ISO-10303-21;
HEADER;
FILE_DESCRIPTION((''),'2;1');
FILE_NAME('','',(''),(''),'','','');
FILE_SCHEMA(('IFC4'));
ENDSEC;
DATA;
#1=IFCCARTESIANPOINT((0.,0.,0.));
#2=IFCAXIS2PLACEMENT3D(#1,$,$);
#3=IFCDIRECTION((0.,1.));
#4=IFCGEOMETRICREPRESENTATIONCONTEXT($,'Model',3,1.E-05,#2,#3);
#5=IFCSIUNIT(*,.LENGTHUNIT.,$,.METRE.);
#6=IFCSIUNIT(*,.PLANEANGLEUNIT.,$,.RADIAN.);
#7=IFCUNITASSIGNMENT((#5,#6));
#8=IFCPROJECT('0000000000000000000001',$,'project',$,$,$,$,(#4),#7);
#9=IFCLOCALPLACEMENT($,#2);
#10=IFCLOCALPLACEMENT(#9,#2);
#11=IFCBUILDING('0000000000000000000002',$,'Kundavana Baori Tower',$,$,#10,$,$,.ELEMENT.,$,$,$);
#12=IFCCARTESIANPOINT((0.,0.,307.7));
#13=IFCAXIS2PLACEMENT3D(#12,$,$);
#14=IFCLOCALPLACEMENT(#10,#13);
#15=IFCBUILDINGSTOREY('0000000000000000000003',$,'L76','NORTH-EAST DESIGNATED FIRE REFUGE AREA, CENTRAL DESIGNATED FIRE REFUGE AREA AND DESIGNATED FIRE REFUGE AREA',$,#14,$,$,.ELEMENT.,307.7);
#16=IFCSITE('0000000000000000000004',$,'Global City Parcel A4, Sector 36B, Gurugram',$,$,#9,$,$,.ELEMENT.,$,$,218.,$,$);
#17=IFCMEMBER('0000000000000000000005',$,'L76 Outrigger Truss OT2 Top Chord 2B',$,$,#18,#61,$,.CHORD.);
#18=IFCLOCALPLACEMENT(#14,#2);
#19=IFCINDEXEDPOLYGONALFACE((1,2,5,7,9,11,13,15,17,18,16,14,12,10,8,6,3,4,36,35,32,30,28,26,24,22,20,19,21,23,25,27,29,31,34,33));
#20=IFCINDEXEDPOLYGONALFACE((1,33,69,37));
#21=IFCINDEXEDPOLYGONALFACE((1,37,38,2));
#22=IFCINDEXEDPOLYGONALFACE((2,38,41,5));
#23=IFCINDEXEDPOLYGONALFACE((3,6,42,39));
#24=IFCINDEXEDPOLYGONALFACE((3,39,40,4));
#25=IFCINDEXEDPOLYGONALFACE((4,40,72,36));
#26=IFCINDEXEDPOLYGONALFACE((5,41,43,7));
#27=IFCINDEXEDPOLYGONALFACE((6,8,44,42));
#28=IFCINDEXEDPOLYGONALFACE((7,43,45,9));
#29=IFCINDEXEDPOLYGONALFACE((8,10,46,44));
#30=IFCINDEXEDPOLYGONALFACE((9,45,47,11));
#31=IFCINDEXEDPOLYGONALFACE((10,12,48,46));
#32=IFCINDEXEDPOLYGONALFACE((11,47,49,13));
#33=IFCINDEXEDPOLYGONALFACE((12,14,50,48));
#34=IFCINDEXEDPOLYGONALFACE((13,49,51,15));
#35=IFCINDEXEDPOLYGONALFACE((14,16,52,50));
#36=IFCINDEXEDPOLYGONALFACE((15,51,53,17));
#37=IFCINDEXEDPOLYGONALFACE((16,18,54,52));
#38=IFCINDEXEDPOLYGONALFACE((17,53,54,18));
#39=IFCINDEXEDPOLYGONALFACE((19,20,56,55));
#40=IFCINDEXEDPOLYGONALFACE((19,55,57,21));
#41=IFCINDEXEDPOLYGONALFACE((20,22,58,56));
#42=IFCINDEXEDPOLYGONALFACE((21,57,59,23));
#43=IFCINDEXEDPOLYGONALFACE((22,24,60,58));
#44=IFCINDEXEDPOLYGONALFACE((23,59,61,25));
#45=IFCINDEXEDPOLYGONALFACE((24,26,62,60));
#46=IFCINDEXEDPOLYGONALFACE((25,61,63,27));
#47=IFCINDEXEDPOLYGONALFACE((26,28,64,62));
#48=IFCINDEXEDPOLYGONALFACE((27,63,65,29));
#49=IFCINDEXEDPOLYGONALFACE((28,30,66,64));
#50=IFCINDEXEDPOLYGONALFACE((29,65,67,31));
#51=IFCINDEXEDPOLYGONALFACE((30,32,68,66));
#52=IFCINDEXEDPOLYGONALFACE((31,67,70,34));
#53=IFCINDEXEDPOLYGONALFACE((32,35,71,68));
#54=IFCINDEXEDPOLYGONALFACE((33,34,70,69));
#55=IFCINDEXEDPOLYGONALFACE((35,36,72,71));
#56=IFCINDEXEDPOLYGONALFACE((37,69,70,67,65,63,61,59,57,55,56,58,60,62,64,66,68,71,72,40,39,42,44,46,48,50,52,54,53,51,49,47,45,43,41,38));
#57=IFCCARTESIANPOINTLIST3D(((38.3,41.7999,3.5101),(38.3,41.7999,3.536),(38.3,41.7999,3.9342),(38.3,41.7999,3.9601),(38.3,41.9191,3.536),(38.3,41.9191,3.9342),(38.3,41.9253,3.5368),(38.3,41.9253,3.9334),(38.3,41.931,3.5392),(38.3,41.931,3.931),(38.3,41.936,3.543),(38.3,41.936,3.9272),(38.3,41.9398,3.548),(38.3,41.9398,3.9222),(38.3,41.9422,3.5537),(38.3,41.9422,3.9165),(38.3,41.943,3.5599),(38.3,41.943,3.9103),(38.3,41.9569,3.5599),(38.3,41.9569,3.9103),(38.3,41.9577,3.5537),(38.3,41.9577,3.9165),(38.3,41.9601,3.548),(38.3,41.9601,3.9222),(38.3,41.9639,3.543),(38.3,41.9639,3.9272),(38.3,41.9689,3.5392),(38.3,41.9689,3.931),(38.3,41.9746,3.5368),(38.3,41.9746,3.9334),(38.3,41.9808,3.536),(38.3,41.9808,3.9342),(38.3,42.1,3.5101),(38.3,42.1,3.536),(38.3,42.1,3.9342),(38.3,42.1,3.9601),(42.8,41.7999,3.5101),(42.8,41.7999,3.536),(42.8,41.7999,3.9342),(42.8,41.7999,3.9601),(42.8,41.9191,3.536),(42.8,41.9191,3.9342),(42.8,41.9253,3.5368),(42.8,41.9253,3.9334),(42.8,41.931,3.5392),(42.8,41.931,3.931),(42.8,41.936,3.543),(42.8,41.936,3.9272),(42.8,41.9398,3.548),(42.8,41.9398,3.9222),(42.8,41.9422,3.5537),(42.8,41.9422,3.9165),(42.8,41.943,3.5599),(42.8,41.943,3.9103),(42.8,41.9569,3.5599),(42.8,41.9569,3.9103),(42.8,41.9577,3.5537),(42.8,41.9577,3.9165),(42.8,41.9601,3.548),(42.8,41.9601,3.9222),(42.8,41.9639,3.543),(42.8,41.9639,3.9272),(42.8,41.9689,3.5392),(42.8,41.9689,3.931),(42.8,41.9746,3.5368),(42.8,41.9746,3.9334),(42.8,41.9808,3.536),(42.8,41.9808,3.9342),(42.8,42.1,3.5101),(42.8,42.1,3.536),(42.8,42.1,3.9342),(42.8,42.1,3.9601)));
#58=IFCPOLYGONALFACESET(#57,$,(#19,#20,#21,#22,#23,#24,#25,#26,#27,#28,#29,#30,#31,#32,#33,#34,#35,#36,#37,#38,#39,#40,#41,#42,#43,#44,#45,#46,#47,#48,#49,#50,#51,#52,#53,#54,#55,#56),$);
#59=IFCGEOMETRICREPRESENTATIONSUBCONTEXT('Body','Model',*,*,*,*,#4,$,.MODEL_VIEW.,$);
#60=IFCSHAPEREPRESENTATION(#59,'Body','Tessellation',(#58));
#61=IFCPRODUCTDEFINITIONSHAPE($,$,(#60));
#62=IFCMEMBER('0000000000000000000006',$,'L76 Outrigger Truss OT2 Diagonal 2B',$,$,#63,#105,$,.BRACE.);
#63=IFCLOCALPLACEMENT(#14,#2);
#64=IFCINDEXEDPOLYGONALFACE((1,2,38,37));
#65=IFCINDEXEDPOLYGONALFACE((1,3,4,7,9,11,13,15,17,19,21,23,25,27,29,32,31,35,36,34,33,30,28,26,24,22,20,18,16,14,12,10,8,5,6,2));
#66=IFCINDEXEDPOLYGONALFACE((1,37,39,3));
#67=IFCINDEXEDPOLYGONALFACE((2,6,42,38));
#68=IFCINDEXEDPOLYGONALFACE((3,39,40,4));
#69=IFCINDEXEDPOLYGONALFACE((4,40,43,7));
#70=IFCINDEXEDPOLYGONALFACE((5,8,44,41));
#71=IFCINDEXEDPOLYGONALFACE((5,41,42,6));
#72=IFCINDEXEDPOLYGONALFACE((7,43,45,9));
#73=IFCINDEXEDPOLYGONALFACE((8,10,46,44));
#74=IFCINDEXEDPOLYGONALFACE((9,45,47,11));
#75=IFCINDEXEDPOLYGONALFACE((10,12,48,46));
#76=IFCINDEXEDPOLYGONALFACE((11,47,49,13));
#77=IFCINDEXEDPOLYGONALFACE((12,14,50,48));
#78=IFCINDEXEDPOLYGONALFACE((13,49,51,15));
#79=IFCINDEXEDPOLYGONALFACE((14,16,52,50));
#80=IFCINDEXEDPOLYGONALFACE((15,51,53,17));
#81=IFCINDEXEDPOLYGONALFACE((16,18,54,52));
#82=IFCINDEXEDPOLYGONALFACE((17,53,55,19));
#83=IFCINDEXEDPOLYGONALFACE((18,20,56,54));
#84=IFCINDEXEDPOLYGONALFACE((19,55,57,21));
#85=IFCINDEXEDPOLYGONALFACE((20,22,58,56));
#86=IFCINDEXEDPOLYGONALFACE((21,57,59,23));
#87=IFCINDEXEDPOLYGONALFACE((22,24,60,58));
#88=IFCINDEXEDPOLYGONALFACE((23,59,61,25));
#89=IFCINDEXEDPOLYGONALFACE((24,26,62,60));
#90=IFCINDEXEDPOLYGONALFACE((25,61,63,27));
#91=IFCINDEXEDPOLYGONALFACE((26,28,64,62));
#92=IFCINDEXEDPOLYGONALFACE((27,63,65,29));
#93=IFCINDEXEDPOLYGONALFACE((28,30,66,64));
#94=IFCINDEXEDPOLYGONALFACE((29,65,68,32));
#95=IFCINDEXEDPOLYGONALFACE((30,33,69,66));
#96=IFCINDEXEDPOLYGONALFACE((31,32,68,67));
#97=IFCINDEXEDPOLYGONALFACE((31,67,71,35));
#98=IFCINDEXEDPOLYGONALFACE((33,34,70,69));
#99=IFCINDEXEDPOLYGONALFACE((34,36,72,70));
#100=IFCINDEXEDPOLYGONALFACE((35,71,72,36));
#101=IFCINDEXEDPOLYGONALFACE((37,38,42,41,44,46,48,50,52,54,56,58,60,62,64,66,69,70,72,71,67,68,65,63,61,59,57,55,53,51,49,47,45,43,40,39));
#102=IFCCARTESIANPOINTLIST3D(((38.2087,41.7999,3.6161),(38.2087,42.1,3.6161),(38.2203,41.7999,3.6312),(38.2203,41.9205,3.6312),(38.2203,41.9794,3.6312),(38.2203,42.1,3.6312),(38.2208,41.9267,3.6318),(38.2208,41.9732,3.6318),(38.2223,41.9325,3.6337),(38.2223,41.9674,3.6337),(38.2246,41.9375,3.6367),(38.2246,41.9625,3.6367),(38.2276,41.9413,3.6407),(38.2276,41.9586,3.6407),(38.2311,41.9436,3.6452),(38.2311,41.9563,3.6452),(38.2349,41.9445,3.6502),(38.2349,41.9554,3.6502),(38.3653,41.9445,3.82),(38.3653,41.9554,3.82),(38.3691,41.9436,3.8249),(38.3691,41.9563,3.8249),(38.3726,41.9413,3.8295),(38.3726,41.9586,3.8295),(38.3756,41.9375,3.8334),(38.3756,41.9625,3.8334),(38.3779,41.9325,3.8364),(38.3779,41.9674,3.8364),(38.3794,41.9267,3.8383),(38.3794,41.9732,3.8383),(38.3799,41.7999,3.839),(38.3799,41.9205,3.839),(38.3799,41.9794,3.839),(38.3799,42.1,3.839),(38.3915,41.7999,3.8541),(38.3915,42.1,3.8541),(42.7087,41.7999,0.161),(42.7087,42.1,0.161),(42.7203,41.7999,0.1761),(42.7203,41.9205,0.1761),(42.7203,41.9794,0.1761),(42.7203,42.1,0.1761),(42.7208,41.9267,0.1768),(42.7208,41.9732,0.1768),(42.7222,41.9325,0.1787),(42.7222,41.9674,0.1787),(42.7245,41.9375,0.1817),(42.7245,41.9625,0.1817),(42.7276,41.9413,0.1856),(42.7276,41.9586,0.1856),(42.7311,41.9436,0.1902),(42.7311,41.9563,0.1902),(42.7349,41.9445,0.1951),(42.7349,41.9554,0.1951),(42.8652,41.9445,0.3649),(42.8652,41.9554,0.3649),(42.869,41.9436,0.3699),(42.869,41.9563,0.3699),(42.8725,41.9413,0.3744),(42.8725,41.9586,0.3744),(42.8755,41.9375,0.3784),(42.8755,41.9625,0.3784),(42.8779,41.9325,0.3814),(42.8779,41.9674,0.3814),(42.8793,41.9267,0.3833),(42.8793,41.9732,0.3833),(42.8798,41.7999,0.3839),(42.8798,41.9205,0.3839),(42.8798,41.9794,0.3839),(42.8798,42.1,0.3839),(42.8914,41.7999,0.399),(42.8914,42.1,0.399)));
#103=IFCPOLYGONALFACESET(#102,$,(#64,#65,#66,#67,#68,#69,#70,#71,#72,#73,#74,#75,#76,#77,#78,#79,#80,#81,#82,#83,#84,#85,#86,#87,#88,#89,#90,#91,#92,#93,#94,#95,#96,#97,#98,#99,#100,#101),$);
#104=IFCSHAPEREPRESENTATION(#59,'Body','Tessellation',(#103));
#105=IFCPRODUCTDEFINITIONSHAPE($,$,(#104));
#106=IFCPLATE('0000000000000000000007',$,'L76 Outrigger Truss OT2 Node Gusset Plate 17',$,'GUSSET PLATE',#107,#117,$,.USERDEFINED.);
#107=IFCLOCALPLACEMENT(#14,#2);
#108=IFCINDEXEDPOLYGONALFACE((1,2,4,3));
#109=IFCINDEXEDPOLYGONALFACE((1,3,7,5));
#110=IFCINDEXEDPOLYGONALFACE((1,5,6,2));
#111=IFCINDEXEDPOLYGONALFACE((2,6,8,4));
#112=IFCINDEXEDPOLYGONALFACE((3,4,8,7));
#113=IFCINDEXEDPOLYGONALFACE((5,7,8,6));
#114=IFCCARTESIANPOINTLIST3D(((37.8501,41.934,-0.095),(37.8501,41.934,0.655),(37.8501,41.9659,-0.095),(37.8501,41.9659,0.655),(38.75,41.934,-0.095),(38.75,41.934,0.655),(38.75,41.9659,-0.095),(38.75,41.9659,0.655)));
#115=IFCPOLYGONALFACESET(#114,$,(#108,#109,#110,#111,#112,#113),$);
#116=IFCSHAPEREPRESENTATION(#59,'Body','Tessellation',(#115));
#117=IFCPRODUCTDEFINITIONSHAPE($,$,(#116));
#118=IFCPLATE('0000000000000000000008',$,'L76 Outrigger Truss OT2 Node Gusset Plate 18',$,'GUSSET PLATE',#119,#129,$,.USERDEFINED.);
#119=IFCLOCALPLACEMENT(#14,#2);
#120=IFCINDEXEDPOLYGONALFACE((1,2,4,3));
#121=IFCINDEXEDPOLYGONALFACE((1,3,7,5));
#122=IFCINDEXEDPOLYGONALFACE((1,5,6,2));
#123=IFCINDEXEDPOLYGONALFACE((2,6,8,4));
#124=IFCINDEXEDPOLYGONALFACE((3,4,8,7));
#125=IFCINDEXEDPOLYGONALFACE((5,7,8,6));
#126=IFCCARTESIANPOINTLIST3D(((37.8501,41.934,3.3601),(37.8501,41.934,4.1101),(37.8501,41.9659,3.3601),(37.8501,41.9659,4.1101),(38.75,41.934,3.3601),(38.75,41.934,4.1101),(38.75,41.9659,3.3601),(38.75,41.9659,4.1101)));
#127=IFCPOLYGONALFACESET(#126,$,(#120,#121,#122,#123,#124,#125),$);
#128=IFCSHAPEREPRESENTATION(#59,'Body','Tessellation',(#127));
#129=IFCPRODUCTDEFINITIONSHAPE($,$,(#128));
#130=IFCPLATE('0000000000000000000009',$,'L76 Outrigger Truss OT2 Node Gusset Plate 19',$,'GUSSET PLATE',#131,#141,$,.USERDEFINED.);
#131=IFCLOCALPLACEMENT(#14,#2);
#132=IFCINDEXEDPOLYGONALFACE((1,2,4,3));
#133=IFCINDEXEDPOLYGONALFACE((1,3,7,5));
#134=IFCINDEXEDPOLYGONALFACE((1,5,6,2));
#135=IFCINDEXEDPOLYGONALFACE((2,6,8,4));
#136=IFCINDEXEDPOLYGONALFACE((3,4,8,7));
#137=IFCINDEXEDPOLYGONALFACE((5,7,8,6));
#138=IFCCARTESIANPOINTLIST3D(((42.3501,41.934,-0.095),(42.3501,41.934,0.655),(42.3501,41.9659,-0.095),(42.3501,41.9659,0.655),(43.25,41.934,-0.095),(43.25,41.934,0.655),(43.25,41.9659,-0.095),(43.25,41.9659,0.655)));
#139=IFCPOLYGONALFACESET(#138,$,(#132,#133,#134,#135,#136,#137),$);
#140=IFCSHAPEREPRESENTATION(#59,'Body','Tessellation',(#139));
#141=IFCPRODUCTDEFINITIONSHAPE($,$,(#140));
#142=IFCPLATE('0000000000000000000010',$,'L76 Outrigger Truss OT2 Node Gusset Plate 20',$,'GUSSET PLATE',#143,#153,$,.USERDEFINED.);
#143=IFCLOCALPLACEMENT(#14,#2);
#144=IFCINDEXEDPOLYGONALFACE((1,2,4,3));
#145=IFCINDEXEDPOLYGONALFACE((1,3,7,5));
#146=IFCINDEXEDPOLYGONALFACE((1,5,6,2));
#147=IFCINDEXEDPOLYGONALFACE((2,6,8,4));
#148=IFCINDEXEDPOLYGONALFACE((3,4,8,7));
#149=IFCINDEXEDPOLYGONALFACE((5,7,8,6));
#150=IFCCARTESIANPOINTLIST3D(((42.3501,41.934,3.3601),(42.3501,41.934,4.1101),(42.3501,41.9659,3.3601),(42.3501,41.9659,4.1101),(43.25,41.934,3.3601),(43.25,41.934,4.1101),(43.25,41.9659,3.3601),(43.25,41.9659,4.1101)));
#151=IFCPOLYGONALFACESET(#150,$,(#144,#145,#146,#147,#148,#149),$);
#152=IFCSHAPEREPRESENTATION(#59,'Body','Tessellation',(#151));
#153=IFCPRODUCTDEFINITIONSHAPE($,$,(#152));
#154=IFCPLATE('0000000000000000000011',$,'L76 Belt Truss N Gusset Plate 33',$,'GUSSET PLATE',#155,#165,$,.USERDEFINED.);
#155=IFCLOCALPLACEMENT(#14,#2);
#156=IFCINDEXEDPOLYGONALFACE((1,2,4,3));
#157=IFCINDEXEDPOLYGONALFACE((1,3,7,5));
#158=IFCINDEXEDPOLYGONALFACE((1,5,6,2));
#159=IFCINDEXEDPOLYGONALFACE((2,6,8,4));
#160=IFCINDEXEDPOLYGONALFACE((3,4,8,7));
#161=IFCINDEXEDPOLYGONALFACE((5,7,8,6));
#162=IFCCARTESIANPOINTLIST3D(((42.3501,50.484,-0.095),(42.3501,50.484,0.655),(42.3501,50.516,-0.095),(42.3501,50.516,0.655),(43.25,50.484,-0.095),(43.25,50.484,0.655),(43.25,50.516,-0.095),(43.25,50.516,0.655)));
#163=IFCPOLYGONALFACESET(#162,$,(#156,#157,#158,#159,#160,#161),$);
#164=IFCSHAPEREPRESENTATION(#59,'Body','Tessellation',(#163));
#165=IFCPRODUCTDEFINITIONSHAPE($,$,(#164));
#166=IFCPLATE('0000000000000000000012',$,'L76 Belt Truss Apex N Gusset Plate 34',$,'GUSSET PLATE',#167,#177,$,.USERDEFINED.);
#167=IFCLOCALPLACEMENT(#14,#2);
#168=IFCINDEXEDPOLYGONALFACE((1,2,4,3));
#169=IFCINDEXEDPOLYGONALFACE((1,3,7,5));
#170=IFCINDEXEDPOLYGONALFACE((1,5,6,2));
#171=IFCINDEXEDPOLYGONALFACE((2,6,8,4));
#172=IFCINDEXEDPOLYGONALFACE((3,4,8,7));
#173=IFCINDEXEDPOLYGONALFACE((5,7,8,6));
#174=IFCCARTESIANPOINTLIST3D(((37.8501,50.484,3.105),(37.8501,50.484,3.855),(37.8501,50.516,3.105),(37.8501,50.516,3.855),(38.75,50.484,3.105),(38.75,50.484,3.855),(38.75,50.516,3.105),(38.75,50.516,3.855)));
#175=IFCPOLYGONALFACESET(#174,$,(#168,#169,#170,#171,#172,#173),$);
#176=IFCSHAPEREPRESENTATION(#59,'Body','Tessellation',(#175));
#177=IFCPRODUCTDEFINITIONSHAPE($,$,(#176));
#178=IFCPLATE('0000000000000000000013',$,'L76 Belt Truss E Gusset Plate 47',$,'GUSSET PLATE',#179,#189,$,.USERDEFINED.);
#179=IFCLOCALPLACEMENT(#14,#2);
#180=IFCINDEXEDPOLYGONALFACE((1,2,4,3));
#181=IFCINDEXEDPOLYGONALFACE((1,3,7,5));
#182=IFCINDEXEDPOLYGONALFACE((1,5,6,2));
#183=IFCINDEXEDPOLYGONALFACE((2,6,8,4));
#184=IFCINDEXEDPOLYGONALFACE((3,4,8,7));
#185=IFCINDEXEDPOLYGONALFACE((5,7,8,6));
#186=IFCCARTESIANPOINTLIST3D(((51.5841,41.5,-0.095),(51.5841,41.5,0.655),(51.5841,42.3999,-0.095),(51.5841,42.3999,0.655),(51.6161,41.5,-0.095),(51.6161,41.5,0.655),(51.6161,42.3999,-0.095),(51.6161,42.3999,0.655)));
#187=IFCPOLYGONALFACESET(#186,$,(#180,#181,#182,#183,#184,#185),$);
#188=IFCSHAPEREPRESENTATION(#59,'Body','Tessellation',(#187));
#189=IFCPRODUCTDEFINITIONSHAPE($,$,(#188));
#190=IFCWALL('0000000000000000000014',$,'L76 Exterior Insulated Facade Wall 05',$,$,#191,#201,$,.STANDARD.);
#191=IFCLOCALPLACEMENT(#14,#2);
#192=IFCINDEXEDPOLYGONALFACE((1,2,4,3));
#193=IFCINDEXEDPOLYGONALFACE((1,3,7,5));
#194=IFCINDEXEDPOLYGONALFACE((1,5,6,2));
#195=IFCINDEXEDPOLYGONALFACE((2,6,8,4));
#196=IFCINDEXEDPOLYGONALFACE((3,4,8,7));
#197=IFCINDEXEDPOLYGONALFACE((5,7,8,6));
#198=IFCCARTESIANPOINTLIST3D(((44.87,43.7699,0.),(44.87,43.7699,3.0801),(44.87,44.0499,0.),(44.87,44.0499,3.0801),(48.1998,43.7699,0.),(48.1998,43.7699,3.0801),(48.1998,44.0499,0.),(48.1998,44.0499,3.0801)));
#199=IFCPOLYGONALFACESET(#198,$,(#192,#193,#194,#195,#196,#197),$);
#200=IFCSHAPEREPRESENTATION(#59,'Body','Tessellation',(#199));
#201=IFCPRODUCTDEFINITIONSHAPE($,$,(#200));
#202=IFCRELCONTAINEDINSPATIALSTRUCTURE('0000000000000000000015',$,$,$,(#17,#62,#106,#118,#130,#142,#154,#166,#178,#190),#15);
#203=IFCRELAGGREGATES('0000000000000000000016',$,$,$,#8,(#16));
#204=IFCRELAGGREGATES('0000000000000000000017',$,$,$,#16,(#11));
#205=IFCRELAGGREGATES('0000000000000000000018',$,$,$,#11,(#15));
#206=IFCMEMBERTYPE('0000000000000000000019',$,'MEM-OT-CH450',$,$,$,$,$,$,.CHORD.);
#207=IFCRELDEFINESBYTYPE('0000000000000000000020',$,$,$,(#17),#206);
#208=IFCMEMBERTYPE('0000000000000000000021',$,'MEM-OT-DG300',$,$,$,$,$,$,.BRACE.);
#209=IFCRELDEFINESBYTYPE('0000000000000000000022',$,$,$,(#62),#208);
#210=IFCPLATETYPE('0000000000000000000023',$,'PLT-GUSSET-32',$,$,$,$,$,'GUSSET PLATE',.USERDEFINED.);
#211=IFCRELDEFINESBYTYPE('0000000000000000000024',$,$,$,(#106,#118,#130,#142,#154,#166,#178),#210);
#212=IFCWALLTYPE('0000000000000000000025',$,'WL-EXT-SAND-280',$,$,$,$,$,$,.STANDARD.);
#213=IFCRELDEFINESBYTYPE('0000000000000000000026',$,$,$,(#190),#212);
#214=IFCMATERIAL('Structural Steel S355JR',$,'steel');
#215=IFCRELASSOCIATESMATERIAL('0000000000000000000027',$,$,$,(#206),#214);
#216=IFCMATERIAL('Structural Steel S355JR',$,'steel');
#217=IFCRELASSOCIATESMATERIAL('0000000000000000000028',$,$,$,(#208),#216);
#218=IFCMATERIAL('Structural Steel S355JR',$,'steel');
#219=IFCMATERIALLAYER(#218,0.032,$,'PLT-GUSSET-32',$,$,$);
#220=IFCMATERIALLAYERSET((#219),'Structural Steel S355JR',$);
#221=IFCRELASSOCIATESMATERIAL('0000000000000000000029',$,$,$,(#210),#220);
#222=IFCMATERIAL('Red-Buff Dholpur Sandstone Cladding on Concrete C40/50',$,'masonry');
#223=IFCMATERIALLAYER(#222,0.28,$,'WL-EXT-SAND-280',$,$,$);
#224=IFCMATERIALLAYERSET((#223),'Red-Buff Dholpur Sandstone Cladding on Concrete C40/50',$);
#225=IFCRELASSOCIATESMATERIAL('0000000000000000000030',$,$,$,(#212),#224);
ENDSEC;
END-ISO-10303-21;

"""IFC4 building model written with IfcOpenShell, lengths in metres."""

from ifc_helpers import new_model, si_unit, direction, frame, frame_2d, origin, origin_2d, place, context, subcontext, project, spatial, rectangle, i_section, extrude, material, layer, layer_set, material_profile, profile_set, type_object, element, save


model = new_model("IFC4")

# Units and contexts
model_context = context("Model", 3, precision=1e-05, world=origin(), true_north=direction((0.0, 1.0)))
body_context = subcontext(model_context, "Body", "Model", "MODEL_VIEW")
ifc_project = project(units=[si_unit("LENGTHUNIT", "METRE"), si_unit("PLANEANGLEUNIT", "RADIAN")], contexts=[model_context])

# Site, building, storey
site_placement = place(None, origin())
site = spatial("IfcSite", under=ifc_project, at=site_placement, Name="Global City Parcel A4, Sector 36B, Gurugram", CompositionType="ELEMENT", RefElevation=218.0)
building_placement = place(site_placement, origin())
building = spatial("IfcBuilding", under=site, at=building_placement, Name="Kundavana Baori Tower", CompositionType="ELEMENT")
storey_placement = place(building_placement, frame((0.0, 0.0, 307.7)))
storey = spatial("IfcBuildingStorey", under=building, at=storey_placement, Name="L76", Description="NORTH-EAST DESIGNATED FIRE REFUGE AREA, CENTRAL DESIGNATED FIRE REFUGE AREA AND DESIGNATED FIRE REFUGE AREA", CompositionType="ELEMENT", Elevation=307.7)

# Members
ifc_material_1 = material(Name="Structural Steel S355JR", Category="steel")
ifc_material_profile_1 = material_profile(ifc_material_1, i_section(OverallWidth=0.3, OverallDepth=0.45, WebThickness=0.0139, FlangeThickness=0.0259, FilletRadius=0.0239, at=origin_2d()), Name="WPB 450x300x142")
ifc_profile_set_1 = profile_set([ifc_material_profile_1], Name="Structural Steel S355JR")
member_type_1 = type_object("IfcMemberType", Name="MEM-OT-CH450", PredefinedType="CHORD", material=ifc_profile_set_1)
member_1_placement = place(storey_placement, frame((38.3, 41.95, 3.7351), z_axis=(1.0, 0.0, 0.0), x_axis=(0.0, 1.0, 0.0)))
element("IfcMember", 1, at=member_1_placement, inside=storey, type_object=member_type_1, Name="L76 Outrigger Truss OT2 Top Chord 2B", PredefinedType="CHORD", context=body_context, shape_type="SweptSolid", body=[
    extrude(i_section(OverallWidth=0.3, OverallDepth=0.45, WebThickness=0.0139, FlangeThickness=0.0259, FilletRadius=0.0239, at=origin_2d()), origin(), (0.0, 0.0, 1.0), 4.5),
])
ifc_material_2 = material(Name="Structural Steel S355JR", Category="steel")
ifc_material_profile_2 = material_profile(ifc_material_2, i_section(OverallWidth=0.3, OverallDepth=0.3, WebThickness=0.011, FlangeThickness=0.019, FilletRadius=0.0239, at=origin_2d()), Name="WPB 300x300x117")
ifc_profile_set_2 = profile_set([ifc_material_profile_2], Name="Structural Steel S355JR")
member_type_2 = type_object("IfcMemberType", Name="MEM-OT-DG300", PredefinedType="BRACE", material=ifc_profile_set_2)
member_2_placement = place(storey_placement, frame((42.8, 41.95, 0.28), z_axis=(-0.793174, 0.0, 0.608995), x_axis=(0.0, -1.0, 0.0)))
element("IfcMember", 2, at=member_2_placement, inside=storey, type_object=member_type_2, Name="L76 Outrigger Truss OT2 Diagonal 2B", PredefinedType="BRACE", context=body_context, shape_type="SweptSolid", body=[
    extrude(i_section(OverallWidth=0.3, OverallDepth=0.3, WebThickness=0.011, FlangeThickness=0.019, FilletRadius=0.0239, at=origin_2d()), origin(), (0.0, 0.0, 1.0), 5.6733),
])

# Plates
ifc_material_3 = material(Name="Structural Steel S355JR", Category="steel")
ifc_layer_1 = layer(ifc_material_3, 0.032, Name="PLT-GUSSET-32")
ifc_layer_set_1 = layer_set([ifc_layer_1], Name="Structural Steel S355JR")
plate_type = type_object("IfcPlateType", Name="PLT-GUSSET-32", ElementType="GUSSET PLATE", PredefinedType="USERDEFINED", material=ifc_layer_set_1)
for number, where, z_axis, x_axis, name in (
    (3, (38.3, 41.95, -0.095), (0.0, 0.0, 1.0), (1.0, 0.0, 0.0), "L76 Outrigger Truss OT2 Node Gusset Plate 17"),
    (4, (38.3, 41.95, 3.3601), (0.0, 0.0, 1.0), (1.0, 0.0, 0.0), "L76 Outrigger Truss OT2 Node Gusset Plate 18"),
    (5, (42.8, 41.95, -0.095), (0.0, 0.0, 1.0), (1.0, 0.0, 0.0), "L76 Outrigger Truss OT2 Node Gusset Plate 19"),
    (6, (42.8, 41.95, 3.3601), (0.0, 0.0, 1.0), (1.0, 0.0, 0.0), "L76 Outrigger Truss OT2 Node Gusset Plate 20"),
    (7, (42.8, 50.5, -0.095), (0.0, 0.0, 1.0), (1.0, 0.0, 0.0), "L76 Belt Truss N Gusset Plate 33"),
    (8, (38.3, 50.5, 3.105), (0.0, 0.0, 1.0), (1.0, 0.0, 0.0), "L76 Belt Truss Apex N Gusset Plate 34"),
):
    element("IfcPlate", number, at=place(storey_placement, frame(where, z_axis=z_axis, x_axis=x_axis)), inside=storey, type_object=plate_type, Name=name, ObjectType="GUSSET PLATE", PredefinedType="USERDEFINED", context=body_context, shape_type="SweptSolid", body=[
        extrude(rectangle(XDim=0.8999, YDim=0.032, at=origin_2d()), origin(), (0.0, 0.0, 1.0), 0.75),
    ])
plate_placement = place(storey_placement, frame((51.6001, 41.95, -0.095), z_axis=(0.0, 0.0, 1.0), x_axis=(1.0, 0.0, 0.0)))
element("IfcPlate", 9, at=plate_placement, inside=storey, type_object=plate_type, Name="L76 Belt Truss E Gusset Plate 47", ObjectType="GUSSET PLATE", PredefinedType="USERDEFINED", context=body_context, shape_type="SweptSolid", body=[
    extrude(rectangle(XDim=0.032, YDim=0.8999, at=origin_2d()), origin(), (0.0, 0.0, 1.0), 0.75),
])

# Wall
ifc_material_4 = material(Name="Red-Buff Dholpur Sandstone Cladding on Concrete C40/50", Category="masonry")
ifc_layer_2 = layer(ifc_material_4, 0.28, Name="WL-EXT-SAND-280")
ifc_layer_set_2 = layer_set([ifc_layer_2], Name="Red-Buff Dholpur Sandstone Cladding on Concrete C40/50")
wall_type = type_object("IfcWallType", Name="WL-EXT-SAND-280", PredefinedType="STANDARD", material=ifc_layer_set_2)
wall_1_placement = place(storey_placement, frame((48.2, 43.9099, 0.0), z_axis=(0.0, 0.0, 1.0), x_axis=(-1.0, 0.0, 0.0)))
element("IfcWall", 10, at=wall_1_placement, inside=storey, type_object=wall_type, Name="L76 Exterior Insulated Facade Wall 05", PredefinedType="STANDARD", context=body_context, shape_type="SweptSolid", body=[
    extrude(rectangle(XDim=3.3298, YDim=0.28, at=frame_2d((1.665, 0.0))), origin(), (0.0, 0.0, 1.0), 3.0801),
])

save(model, "model.ifc")
